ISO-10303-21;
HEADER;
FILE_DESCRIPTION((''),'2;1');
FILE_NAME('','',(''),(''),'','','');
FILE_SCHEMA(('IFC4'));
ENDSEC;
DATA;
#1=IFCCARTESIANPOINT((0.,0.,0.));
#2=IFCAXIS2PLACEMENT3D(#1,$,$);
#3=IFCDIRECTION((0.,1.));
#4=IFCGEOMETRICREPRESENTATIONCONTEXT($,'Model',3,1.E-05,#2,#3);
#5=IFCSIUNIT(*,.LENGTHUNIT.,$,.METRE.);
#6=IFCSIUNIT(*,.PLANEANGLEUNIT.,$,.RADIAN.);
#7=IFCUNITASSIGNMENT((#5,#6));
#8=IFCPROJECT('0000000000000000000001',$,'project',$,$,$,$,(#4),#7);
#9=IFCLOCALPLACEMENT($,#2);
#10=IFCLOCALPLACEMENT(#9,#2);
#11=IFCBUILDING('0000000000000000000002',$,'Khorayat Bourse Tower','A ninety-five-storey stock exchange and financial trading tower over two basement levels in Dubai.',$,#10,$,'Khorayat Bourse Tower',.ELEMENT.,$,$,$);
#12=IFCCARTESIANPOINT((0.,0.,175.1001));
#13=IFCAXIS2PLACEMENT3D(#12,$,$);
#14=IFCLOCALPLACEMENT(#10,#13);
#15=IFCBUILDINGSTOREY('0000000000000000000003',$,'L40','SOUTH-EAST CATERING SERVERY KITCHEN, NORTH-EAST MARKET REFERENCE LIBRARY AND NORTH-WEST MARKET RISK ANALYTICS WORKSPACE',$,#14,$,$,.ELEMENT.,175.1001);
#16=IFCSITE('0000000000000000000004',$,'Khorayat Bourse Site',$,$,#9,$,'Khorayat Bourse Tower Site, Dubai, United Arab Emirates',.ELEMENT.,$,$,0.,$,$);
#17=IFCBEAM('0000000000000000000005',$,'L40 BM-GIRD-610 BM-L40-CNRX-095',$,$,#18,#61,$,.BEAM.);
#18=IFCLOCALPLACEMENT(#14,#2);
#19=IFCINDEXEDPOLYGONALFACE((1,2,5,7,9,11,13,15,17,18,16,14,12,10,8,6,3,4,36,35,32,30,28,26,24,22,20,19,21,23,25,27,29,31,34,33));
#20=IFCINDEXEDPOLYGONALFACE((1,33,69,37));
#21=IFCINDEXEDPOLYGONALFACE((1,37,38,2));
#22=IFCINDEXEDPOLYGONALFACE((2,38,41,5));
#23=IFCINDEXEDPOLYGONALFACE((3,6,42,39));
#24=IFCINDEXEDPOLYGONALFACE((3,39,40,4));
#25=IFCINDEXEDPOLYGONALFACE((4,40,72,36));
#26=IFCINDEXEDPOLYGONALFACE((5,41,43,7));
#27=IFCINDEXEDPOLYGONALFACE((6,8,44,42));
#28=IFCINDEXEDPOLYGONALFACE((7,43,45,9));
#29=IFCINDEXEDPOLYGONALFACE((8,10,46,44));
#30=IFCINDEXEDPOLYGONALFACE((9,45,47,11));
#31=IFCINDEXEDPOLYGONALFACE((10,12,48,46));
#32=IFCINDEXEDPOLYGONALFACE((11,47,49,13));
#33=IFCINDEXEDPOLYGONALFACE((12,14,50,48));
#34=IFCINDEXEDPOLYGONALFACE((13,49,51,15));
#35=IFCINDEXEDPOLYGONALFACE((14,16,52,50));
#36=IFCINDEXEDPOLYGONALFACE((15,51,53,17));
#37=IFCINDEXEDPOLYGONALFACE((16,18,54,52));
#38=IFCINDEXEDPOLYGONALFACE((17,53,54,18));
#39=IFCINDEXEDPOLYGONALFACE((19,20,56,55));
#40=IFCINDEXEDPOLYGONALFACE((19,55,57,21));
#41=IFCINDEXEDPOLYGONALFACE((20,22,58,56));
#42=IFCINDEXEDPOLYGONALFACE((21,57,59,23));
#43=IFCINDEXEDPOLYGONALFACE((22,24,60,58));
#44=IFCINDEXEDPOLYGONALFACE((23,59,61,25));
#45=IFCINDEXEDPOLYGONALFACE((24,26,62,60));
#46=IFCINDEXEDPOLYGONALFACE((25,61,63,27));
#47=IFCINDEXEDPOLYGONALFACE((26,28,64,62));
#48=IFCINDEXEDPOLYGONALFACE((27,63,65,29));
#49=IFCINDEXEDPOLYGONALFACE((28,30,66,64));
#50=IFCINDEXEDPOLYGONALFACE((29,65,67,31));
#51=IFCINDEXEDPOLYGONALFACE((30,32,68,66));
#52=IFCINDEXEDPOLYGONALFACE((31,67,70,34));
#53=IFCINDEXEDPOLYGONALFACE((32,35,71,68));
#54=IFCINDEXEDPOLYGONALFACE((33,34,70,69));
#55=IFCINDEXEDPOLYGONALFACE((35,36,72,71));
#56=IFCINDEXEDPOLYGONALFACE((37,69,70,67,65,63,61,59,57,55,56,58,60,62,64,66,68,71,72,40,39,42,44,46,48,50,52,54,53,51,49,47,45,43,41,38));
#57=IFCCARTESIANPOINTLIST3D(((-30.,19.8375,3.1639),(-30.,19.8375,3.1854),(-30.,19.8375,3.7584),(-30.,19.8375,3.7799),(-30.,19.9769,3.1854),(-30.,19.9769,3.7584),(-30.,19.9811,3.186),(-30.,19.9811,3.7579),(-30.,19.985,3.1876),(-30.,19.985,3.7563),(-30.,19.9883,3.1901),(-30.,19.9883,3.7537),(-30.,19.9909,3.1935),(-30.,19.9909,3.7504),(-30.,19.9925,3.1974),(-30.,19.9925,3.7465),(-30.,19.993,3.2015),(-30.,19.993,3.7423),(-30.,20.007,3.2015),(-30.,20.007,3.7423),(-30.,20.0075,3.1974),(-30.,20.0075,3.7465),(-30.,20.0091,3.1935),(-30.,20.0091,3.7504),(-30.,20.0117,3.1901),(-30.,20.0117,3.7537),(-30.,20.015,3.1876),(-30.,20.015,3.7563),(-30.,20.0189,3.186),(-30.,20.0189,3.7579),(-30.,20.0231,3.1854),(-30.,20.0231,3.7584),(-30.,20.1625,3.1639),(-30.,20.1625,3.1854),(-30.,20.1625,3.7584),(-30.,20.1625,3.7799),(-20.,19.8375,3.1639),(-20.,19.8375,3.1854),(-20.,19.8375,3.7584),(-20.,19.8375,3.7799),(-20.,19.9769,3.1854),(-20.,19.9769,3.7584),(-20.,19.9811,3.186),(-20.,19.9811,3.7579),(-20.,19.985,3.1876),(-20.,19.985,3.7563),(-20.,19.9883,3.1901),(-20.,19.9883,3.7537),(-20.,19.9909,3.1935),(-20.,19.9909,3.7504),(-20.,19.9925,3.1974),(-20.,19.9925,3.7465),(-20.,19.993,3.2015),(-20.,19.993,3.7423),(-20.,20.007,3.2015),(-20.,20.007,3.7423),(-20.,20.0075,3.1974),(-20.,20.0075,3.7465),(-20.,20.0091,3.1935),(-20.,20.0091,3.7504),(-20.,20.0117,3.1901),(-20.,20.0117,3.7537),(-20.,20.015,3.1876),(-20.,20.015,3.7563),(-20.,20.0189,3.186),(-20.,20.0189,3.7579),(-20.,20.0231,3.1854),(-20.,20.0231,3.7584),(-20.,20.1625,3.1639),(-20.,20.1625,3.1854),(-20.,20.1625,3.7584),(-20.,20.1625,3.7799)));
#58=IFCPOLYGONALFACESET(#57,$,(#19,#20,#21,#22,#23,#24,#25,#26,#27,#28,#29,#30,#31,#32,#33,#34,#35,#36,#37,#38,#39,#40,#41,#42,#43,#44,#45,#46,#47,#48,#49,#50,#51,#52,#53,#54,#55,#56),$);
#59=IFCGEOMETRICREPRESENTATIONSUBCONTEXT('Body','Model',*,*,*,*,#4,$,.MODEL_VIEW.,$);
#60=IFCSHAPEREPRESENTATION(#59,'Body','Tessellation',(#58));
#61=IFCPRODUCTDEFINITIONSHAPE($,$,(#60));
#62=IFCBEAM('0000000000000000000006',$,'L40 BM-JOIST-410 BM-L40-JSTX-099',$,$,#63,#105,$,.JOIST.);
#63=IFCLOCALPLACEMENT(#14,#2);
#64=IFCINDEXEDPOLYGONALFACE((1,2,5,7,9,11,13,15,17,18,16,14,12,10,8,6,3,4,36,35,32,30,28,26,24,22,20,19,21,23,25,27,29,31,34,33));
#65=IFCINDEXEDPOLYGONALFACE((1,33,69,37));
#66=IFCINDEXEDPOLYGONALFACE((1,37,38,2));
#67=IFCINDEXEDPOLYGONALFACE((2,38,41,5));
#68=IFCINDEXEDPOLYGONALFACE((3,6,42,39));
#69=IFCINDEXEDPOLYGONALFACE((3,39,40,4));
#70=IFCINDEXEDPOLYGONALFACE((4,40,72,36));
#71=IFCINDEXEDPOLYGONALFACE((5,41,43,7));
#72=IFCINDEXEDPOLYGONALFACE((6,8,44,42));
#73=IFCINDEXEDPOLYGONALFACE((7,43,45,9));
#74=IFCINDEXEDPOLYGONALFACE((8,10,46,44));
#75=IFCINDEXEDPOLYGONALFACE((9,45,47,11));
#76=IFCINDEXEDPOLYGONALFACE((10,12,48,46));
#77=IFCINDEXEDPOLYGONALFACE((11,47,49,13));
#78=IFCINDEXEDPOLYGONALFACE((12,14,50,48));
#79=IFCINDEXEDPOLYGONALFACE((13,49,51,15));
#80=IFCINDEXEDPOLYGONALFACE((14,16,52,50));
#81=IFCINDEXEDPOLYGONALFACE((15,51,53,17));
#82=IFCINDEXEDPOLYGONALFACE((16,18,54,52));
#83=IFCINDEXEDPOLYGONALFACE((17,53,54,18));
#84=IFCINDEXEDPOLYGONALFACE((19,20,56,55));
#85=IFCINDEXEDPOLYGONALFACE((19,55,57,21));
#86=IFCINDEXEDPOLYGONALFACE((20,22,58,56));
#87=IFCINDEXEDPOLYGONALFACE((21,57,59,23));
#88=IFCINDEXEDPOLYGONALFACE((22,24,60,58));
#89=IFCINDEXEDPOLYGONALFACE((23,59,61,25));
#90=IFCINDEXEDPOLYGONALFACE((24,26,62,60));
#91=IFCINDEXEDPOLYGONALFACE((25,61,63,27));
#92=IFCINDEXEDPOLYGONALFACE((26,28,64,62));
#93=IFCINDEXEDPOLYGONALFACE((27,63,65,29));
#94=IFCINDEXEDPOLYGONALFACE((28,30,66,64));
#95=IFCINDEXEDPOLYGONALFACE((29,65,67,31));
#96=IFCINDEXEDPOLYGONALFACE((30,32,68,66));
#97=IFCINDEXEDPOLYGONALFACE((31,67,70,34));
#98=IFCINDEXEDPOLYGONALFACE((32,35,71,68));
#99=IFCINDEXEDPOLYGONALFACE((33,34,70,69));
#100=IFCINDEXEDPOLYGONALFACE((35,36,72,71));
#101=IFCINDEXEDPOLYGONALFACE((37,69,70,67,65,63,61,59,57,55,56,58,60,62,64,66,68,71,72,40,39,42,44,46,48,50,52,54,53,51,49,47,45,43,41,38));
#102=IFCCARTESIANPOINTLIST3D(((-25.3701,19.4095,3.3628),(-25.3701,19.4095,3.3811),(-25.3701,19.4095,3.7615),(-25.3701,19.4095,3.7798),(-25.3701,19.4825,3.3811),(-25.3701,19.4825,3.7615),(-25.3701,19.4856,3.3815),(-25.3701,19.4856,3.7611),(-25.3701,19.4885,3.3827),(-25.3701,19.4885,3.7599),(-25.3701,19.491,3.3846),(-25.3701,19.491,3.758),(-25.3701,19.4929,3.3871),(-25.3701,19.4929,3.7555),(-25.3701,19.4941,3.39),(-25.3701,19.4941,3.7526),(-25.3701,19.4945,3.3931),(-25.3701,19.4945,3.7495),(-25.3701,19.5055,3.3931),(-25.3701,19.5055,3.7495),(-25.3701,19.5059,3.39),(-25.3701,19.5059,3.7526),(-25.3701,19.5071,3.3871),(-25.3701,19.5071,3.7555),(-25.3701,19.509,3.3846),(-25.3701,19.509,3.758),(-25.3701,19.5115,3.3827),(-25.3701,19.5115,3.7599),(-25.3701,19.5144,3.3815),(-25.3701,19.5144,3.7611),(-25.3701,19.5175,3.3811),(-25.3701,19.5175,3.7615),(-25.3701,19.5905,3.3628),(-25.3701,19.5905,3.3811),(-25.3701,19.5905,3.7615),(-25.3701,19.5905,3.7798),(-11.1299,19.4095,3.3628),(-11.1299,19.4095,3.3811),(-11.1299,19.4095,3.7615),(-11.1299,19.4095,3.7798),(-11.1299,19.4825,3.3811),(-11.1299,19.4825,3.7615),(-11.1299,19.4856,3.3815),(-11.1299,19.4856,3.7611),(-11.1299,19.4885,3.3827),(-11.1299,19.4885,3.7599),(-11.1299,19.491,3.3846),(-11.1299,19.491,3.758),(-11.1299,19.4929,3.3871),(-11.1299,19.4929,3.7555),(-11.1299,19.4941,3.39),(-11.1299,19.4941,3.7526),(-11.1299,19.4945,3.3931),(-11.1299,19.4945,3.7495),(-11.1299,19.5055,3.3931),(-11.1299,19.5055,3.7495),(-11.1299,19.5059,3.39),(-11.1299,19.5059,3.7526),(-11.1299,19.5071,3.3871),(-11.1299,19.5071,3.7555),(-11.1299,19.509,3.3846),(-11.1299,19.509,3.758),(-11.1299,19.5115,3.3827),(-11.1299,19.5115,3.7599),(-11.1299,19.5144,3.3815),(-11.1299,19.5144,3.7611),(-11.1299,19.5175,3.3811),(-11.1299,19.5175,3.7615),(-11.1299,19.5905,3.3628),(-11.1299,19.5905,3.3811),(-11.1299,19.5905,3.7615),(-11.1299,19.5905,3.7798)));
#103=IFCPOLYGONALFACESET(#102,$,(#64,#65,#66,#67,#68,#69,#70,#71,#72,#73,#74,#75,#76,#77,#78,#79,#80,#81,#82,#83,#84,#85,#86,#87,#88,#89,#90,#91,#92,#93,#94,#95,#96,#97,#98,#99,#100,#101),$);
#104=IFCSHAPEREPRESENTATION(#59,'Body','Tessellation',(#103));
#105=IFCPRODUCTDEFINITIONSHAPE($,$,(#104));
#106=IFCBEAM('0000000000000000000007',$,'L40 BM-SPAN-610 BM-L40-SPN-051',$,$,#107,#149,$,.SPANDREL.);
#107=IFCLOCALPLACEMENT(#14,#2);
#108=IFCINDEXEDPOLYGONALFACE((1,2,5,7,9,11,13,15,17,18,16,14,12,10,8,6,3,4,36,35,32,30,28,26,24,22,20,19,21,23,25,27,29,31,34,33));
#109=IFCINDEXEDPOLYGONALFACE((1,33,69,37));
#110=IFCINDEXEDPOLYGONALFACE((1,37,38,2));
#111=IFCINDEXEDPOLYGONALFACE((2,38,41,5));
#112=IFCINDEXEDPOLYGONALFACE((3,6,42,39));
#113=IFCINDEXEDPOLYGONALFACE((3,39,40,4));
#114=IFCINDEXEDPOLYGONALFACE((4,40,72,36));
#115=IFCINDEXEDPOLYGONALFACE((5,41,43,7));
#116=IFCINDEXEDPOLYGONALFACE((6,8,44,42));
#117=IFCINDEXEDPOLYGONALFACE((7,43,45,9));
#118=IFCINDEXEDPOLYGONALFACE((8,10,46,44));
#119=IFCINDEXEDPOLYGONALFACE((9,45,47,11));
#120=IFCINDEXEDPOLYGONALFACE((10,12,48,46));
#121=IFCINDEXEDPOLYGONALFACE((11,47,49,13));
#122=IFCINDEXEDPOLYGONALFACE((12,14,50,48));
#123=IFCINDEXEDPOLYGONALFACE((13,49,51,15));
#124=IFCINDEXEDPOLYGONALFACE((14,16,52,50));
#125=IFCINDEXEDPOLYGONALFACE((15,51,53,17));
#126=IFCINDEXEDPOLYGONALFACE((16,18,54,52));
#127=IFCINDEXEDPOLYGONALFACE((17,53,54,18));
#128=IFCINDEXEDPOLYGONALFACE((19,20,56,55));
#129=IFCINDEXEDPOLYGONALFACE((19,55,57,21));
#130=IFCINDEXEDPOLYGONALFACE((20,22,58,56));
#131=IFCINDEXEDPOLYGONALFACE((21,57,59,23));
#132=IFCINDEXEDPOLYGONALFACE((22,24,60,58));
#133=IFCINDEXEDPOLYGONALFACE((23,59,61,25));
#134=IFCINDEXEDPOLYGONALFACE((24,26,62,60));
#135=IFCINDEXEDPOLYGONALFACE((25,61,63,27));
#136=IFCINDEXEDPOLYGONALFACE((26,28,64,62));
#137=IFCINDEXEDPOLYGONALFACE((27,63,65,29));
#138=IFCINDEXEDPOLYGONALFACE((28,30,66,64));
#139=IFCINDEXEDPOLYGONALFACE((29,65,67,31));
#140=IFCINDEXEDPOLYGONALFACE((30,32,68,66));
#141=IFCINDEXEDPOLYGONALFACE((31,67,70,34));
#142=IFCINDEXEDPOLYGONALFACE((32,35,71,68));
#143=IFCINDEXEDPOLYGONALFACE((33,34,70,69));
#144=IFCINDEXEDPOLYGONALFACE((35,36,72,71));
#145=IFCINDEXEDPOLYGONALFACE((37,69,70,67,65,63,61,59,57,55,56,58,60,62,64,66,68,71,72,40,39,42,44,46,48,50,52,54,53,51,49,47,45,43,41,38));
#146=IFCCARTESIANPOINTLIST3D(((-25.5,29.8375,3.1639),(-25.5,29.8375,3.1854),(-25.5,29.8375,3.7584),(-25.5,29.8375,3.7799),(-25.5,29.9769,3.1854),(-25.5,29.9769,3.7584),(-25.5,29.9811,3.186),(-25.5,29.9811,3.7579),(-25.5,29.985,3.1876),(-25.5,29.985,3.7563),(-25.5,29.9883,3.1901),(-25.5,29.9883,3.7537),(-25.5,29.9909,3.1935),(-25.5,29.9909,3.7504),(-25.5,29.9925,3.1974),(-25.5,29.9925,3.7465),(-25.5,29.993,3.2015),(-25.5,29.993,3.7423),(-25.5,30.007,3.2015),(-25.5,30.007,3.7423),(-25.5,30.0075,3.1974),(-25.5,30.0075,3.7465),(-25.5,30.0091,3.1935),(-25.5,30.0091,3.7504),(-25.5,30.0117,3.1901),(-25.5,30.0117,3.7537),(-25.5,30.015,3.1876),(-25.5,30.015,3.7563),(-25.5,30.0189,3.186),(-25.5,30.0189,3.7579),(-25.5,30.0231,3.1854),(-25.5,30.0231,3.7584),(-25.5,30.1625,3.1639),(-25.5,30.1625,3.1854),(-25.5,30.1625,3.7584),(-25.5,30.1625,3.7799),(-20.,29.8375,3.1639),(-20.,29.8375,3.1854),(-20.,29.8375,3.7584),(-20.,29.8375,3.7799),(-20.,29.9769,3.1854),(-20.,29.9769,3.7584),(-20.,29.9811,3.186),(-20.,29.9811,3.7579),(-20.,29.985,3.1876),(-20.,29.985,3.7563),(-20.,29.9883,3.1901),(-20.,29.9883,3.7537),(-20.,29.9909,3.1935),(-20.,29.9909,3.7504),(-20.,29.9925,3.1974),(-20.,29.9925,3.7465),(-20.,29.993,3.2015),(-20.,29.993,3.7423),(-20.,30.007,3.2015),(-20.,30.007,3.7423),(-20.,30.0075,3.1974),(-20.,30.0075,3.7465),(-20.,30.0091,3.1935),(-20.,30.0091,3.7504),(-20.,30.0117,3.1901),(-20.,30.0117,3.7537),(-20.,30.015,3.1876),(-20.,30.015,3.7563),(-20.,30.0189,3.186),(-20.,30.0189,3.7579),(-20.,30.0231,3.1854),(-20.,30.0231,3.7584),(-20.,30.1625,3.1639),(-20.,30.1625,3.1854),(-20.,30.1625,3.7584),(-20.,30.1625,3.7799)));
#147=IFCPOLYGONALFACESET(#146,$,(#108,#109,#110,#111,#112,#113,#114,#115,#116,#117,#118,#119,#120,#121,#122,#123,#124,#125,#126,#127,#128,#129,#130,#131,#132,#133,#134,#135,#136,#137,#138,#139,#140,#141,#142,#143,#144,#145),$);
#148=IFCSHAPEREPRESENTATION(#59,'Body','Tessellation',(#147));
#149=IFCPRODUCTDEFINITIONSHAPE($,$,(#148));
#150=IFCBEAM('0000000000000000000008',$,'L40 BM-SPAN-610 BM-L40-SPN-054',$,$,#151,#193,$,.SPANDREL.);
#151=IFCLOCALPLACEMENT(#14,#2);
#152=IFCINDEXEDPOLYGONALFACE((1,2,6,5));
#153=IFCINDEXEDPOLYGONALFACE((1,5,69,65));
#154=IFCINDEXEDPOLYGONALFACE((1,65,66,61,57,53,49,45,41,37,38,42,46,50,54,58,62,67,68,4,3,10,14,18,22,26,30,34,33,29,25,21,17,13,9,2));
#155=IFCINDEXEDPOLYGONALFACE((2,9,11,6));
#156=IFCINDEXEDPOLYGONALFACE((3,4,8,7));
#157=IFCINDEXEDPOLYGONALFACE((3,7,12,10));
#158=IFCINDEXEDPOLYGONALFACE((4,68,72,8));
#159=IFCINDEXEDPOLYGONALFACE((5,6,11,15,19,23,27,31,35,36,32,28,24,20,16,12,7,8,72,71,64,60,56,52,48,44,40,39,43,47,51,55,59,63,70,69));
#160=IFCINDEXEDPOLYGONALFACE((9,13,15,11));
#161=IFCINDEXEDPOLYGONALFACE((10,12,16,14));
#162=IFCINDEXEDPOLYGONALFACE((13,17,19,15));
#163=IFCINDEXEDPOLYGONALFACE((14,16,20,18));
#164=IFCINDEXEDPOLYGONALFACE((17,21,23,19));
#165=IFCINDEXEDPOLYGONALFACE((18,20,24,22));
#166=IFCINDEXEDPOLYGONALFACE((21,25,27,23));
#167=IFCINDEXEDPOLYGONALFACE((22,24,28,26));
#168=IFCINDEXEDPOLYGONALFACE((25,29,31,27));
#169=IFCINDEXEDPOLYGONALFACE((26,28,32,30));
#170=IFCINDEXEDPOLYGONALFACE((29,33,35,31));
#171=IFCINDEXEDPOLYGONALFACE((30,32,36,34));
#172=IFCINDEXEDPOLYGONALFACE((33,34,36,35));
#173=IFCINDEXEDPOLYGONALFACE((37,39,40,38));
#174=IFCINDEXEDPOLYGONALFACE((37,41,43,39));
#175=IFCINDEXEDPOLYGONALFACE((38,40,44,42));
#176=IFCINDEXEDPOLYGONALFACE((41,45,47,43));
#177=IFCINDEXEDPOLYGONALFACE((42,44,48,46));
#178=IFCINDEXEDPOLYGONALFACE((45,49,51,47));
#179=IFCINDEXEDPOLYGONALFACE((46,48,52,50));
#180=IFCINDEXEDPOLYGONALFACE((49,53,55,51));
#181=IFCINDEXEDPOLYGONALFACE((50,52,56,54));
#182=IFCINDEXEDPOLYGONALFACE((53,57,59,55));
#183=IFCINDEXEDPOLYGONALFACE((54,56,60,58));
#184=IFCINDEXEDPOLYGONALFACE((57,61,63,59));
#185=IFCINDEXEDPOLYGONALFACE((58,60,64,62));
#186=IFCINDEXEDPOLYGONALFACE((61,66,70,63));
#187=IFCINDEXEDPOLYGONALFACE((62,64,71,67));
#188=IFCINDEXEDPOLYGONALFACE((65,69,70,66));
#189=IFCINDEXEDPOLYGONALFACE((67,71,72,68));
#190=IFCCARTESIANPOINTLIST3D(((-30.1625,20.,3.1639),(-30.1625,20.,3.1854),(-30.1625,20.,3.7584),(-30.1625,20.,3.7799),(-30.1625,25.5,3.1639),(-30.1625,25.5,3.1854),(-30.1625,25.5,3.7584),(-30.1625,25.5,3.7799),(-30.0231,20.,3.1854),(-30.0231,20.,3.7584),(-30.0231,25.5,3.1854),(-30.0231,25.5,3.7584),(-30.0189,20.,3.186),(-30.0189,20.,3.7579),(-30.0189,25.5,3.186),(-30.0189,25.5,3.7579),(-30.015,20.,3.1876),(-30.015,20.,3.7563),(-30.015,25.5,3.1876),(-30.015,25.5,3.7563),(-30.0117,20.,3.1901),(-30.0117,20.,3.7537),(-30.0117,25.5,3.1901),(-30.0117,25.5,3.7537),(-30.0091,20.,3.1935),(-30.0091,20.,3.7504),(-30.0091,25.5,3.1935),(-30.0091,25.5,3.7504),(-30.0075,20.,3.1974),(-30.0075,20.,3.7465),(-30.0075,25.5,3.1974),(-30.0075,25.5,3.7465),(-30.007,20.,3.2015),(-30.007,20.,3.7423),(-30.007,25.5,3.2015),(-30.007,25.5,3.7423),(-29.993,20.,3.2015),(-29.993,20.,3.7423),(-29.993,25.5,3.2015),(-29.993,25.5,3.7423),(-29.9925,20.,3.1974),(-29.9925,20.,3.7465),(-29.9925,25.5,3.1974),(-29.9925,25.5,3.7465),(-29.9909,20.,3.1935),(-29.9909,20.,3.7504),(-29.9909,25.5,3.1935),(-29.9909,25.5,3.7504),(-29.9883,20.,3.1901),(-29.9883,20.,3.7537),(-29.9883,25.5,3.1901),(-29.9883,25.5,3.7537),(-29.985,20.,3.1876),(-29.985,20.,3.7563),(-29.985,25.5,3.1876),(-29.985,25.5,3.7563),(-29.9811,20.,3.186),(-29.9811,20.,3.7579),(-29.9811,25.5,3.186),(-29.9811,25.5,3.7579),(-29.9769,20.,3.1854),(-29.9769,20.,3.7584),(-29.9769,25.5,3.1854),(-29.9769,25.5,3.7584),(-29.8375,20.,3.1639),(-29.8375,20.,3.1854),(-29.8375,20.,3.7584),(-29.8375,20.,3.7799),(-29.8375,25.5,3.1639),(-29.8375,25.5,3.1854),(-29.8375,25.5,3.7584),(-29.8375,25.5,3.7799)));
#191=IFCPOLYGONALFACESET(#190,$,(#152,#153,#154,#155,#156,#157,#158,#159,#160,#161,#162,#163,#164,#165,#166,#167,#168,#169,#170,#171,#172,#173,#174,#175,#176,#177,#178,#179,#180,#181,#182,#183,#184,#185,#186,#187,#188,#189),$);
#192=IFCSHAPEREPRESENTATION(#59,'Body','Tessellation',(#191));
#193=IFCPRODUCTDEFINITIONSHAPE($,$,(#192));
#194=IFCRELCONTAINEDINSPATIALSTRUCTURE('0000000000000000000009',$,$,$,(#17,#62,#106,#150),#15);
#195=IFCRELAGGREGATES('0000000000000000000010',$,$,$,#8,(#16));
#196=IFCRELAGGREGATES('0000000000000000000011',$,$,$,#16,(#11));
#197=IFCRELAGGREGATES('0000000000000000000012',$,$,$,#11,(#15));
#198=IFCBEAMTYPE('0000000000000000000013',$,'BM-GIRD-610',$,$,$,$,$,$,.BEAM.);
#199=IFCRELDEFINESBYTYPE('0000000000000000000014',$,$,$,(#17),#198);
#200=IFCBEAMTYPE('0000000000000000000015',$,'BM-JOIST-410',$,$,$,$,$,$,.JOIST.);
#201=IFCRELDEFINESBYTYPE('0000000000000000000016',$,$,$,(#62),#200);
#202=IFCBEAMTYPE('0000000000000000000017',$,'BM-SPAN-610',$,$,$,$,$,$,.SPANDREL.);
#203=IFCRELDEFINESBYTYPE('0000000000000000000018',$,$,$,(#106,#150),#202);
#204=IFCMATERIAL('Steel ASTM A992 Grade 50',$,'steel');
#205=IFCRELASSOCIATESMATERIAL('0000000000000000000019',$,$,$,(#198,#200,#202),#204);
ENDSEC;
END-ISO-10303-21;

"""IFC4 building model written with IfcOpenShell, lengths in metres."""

from ifc_helpers import new_model, si_unit, direction, frame, origin, origin_2d, place, context, subcontext, project, spatial, i_section, extrude, source, transform, mapped, material, material_profile, profile_set, type_object, element, save


model = new_model("IFC4")

# Units and contexts
model_context = context("Model", 3, precision=1e-05, world=origin(), true_north=direction((0.0, 1.0)))
body_context = subcontext(model_context, "Body", "Model", "MODEL_VIEW")
ifc_project = project(units=[si_unit("LENGTHUNIT", "METRE"), si_unit("PLANEANGLEUNIT", "RADIAN")], contexts=[model_context])

# Site, building, storey
site_placement = place(None, origin())
site = spatial("IfcSite", under=ifc_project, at=site_placement, Name="Khorayat Bourse Site", LongName="Khorayat Bourse Tower Site, Dubai, United Arab Emirates", CompositionType="ELEMENT", RefElevation=0.0)
building_placement = place(site_placement, origin())
building = spatial("IfcBuilding", under=site, at=building_placement, Name="Khorayat Bourse Tower", Description="A ninety-five-storey stock exchange and financial trading tower over two basement levels in Dubai.", LongName="Khorayat Bourse Tower", CompositionType="ELEMENT")
storey_placement = place(building_placement, frame((0.0, 0.0, 175.1001)))
storey = spatial("IfcBuildingStorey", under=building, at=storey_placement, Name="L40", Description="SOUTH-EAST CATERING SERVERY KITCHEN, NORTH-EAST MARKET REFERENCE LIBRARY AND NORTH-WEST MARKET RISK ANALYTICS WORKSPACE", CompositionType="ELEMENT", Elevation=175.1001)

# Beams
ifc_material_1 = material(Name="Steel ASTM A992 Grade 50", Category="steel")
ifc_material_profile_1 = material_profile(ifc_material_1, i_section(OverallWidth=0.325, OverallDepth=0.616, WebThickness=0.0139, FlangeThickness=0.0215, FilletRadius=0.0161, at=origin_2d()), Name="W610X174")
ifc_profile_set_1 = profile_set([ifc_material_profile_1], Name="Steel ASTM A992 Grade 50")
beam_type_1 = type_object("IfcBeamType", Name="BM-GIRD-610", PredefinedType="BEAM", material=ifc_profile_set_1)
shared_shape_1 = source(origin(), body_context, "Body", "SweptSolid", [
    extrude(i_section(OverallWidth=0.325, OverallDepth=0.616, WebThickness=0.0139, FlangeThickness=0.0215, FilletRadius=0.0161, at=origin_2d()), origin(), (0.0, 0.0, 1.0), 10.0),
])
beam_1_placement = place(storey_placement, frame((-30.0, 20.0, 3.4719), z_axis=(1.0, 0.0, 0.0), x_axis=(0.0, 1.0, 0.0)))
element("IfcBeam", 1, at=beam_1_placement, inside=storey, type_object=beam_type_1, Name="L40 BM-GIRD-610 BM-L40-CNRX-095", PredefinedType="BEAM", context=body_context, shape_type="MappedRepresentation", body=[
    mapped(shared_shape_1, transform((0.0, 0.0, 0.0), scale=1.0)),
])
ifc_material_profile_2 = material_profile(ifc_material_1, i_section(OverallWidth=0.1809, OverallDepth=0.417, WebThickness=0.011, FlangeThickness=0.0183, FilletRadius=0.012, at=origin_2d()), Name="W410X85")
ifc_profile_set_2 = profile_set([ifc_material_profile_2], Name="Steel ASTM A992 Grade 50")
beam_type_2 = type_object("IfcBeamType", Name="BM-JOIST-410", PredefinedType="JOIST", material=ifc_profile_set_2)
shared_shape_2 = source(origin(), body_context, "Body", "SweptSolid", [
    extrude(i_section(OverallWidth=0.1809, OverallDepth=0.417, WebThickness=0.011, FlangeThickness=0.0183, FilletRadius=0.012, at=origin_2d()), origin(), (0.0, 0.0, 1.0), 14.2402),
])
beam_2_placement = place(storey_placement, frame((-25.3701, 19.5, 3.5713), z_axis=(1.0, 0.0, 0.0), x_axis=(0.0, 1.0, 0.0)))
element("IfcBeam", 2, at=beam_2_placement, inside=storey, type_object=beam_type_2, Name="L40 BM-JOIST-410 BM-L40-JSTX-099", PredefinedType="JOIST", context=body_context, shape_type="MappedRepresentation", body=[
    mapped(shared_shape_2, transform((0.0, 0.0, 0.0), scale=1.0)),
])
ifc_material_profile_3 = material_profile(ifc_material_1, i_section(OverallWidth=0.325, OverallDepth=0.616, WebThickness=0.0139, FlangeThickness=0.0215, FilletRadius=0.0161, at=origin_2d()), Name="W610X174")
ifc_profile_set_3 = profile_set([ifc_material_profile_3], Name="Steel ASTM A992 Grade 50")
beam_type_3 = type_object("IfcBeamType", Name="BM-SPAN-610", PredefinedType="SPANDREL", material=ifc_profile_set_3)
shared_shape_3 = source(origin(), body_context, "Body", "SweptSolid", [
    extrude(i_section(OverallWidth=0.325, OverallDepth=0.616, WebThickness=0.0139, FlangeThickness=0.0215, FilletRadius=0.0161, at=origin_2d()), origin(), (0.0, 0.0, 1.0), 5.5),
])
for number, where, z_axis, x_axis, name in (
    (3, (-25.5, 30.0, 3.4719), (1.0, 0.0, 0.0), (0.0, 1.0, 0.0), "L40 BM-SPAN-610 BM-L40-SPN-051"),
    (4, (-30.0, 20.0, 3.4719), (0.0, 1.0, 0.0), (-1.0, 0.0, 0.0), "L40 BM-SPAN-610 BM-L40-SPN-054"),
):
    element("IfcBeam", number, at=place(storey_placement, frame(where, z_axis=z_axis, x_axis=x_axis)), inside=storey, type_object=beam_type_3, Name=name, PredefinedType="SPANDREL", context=body_context, shape_type="MappedRepresentation", body=[
        mapped(shared_shape_3, transform((0.0, 0.0, 0.0), scale=1.0)),
    ])

save(model, "model.ifc")
